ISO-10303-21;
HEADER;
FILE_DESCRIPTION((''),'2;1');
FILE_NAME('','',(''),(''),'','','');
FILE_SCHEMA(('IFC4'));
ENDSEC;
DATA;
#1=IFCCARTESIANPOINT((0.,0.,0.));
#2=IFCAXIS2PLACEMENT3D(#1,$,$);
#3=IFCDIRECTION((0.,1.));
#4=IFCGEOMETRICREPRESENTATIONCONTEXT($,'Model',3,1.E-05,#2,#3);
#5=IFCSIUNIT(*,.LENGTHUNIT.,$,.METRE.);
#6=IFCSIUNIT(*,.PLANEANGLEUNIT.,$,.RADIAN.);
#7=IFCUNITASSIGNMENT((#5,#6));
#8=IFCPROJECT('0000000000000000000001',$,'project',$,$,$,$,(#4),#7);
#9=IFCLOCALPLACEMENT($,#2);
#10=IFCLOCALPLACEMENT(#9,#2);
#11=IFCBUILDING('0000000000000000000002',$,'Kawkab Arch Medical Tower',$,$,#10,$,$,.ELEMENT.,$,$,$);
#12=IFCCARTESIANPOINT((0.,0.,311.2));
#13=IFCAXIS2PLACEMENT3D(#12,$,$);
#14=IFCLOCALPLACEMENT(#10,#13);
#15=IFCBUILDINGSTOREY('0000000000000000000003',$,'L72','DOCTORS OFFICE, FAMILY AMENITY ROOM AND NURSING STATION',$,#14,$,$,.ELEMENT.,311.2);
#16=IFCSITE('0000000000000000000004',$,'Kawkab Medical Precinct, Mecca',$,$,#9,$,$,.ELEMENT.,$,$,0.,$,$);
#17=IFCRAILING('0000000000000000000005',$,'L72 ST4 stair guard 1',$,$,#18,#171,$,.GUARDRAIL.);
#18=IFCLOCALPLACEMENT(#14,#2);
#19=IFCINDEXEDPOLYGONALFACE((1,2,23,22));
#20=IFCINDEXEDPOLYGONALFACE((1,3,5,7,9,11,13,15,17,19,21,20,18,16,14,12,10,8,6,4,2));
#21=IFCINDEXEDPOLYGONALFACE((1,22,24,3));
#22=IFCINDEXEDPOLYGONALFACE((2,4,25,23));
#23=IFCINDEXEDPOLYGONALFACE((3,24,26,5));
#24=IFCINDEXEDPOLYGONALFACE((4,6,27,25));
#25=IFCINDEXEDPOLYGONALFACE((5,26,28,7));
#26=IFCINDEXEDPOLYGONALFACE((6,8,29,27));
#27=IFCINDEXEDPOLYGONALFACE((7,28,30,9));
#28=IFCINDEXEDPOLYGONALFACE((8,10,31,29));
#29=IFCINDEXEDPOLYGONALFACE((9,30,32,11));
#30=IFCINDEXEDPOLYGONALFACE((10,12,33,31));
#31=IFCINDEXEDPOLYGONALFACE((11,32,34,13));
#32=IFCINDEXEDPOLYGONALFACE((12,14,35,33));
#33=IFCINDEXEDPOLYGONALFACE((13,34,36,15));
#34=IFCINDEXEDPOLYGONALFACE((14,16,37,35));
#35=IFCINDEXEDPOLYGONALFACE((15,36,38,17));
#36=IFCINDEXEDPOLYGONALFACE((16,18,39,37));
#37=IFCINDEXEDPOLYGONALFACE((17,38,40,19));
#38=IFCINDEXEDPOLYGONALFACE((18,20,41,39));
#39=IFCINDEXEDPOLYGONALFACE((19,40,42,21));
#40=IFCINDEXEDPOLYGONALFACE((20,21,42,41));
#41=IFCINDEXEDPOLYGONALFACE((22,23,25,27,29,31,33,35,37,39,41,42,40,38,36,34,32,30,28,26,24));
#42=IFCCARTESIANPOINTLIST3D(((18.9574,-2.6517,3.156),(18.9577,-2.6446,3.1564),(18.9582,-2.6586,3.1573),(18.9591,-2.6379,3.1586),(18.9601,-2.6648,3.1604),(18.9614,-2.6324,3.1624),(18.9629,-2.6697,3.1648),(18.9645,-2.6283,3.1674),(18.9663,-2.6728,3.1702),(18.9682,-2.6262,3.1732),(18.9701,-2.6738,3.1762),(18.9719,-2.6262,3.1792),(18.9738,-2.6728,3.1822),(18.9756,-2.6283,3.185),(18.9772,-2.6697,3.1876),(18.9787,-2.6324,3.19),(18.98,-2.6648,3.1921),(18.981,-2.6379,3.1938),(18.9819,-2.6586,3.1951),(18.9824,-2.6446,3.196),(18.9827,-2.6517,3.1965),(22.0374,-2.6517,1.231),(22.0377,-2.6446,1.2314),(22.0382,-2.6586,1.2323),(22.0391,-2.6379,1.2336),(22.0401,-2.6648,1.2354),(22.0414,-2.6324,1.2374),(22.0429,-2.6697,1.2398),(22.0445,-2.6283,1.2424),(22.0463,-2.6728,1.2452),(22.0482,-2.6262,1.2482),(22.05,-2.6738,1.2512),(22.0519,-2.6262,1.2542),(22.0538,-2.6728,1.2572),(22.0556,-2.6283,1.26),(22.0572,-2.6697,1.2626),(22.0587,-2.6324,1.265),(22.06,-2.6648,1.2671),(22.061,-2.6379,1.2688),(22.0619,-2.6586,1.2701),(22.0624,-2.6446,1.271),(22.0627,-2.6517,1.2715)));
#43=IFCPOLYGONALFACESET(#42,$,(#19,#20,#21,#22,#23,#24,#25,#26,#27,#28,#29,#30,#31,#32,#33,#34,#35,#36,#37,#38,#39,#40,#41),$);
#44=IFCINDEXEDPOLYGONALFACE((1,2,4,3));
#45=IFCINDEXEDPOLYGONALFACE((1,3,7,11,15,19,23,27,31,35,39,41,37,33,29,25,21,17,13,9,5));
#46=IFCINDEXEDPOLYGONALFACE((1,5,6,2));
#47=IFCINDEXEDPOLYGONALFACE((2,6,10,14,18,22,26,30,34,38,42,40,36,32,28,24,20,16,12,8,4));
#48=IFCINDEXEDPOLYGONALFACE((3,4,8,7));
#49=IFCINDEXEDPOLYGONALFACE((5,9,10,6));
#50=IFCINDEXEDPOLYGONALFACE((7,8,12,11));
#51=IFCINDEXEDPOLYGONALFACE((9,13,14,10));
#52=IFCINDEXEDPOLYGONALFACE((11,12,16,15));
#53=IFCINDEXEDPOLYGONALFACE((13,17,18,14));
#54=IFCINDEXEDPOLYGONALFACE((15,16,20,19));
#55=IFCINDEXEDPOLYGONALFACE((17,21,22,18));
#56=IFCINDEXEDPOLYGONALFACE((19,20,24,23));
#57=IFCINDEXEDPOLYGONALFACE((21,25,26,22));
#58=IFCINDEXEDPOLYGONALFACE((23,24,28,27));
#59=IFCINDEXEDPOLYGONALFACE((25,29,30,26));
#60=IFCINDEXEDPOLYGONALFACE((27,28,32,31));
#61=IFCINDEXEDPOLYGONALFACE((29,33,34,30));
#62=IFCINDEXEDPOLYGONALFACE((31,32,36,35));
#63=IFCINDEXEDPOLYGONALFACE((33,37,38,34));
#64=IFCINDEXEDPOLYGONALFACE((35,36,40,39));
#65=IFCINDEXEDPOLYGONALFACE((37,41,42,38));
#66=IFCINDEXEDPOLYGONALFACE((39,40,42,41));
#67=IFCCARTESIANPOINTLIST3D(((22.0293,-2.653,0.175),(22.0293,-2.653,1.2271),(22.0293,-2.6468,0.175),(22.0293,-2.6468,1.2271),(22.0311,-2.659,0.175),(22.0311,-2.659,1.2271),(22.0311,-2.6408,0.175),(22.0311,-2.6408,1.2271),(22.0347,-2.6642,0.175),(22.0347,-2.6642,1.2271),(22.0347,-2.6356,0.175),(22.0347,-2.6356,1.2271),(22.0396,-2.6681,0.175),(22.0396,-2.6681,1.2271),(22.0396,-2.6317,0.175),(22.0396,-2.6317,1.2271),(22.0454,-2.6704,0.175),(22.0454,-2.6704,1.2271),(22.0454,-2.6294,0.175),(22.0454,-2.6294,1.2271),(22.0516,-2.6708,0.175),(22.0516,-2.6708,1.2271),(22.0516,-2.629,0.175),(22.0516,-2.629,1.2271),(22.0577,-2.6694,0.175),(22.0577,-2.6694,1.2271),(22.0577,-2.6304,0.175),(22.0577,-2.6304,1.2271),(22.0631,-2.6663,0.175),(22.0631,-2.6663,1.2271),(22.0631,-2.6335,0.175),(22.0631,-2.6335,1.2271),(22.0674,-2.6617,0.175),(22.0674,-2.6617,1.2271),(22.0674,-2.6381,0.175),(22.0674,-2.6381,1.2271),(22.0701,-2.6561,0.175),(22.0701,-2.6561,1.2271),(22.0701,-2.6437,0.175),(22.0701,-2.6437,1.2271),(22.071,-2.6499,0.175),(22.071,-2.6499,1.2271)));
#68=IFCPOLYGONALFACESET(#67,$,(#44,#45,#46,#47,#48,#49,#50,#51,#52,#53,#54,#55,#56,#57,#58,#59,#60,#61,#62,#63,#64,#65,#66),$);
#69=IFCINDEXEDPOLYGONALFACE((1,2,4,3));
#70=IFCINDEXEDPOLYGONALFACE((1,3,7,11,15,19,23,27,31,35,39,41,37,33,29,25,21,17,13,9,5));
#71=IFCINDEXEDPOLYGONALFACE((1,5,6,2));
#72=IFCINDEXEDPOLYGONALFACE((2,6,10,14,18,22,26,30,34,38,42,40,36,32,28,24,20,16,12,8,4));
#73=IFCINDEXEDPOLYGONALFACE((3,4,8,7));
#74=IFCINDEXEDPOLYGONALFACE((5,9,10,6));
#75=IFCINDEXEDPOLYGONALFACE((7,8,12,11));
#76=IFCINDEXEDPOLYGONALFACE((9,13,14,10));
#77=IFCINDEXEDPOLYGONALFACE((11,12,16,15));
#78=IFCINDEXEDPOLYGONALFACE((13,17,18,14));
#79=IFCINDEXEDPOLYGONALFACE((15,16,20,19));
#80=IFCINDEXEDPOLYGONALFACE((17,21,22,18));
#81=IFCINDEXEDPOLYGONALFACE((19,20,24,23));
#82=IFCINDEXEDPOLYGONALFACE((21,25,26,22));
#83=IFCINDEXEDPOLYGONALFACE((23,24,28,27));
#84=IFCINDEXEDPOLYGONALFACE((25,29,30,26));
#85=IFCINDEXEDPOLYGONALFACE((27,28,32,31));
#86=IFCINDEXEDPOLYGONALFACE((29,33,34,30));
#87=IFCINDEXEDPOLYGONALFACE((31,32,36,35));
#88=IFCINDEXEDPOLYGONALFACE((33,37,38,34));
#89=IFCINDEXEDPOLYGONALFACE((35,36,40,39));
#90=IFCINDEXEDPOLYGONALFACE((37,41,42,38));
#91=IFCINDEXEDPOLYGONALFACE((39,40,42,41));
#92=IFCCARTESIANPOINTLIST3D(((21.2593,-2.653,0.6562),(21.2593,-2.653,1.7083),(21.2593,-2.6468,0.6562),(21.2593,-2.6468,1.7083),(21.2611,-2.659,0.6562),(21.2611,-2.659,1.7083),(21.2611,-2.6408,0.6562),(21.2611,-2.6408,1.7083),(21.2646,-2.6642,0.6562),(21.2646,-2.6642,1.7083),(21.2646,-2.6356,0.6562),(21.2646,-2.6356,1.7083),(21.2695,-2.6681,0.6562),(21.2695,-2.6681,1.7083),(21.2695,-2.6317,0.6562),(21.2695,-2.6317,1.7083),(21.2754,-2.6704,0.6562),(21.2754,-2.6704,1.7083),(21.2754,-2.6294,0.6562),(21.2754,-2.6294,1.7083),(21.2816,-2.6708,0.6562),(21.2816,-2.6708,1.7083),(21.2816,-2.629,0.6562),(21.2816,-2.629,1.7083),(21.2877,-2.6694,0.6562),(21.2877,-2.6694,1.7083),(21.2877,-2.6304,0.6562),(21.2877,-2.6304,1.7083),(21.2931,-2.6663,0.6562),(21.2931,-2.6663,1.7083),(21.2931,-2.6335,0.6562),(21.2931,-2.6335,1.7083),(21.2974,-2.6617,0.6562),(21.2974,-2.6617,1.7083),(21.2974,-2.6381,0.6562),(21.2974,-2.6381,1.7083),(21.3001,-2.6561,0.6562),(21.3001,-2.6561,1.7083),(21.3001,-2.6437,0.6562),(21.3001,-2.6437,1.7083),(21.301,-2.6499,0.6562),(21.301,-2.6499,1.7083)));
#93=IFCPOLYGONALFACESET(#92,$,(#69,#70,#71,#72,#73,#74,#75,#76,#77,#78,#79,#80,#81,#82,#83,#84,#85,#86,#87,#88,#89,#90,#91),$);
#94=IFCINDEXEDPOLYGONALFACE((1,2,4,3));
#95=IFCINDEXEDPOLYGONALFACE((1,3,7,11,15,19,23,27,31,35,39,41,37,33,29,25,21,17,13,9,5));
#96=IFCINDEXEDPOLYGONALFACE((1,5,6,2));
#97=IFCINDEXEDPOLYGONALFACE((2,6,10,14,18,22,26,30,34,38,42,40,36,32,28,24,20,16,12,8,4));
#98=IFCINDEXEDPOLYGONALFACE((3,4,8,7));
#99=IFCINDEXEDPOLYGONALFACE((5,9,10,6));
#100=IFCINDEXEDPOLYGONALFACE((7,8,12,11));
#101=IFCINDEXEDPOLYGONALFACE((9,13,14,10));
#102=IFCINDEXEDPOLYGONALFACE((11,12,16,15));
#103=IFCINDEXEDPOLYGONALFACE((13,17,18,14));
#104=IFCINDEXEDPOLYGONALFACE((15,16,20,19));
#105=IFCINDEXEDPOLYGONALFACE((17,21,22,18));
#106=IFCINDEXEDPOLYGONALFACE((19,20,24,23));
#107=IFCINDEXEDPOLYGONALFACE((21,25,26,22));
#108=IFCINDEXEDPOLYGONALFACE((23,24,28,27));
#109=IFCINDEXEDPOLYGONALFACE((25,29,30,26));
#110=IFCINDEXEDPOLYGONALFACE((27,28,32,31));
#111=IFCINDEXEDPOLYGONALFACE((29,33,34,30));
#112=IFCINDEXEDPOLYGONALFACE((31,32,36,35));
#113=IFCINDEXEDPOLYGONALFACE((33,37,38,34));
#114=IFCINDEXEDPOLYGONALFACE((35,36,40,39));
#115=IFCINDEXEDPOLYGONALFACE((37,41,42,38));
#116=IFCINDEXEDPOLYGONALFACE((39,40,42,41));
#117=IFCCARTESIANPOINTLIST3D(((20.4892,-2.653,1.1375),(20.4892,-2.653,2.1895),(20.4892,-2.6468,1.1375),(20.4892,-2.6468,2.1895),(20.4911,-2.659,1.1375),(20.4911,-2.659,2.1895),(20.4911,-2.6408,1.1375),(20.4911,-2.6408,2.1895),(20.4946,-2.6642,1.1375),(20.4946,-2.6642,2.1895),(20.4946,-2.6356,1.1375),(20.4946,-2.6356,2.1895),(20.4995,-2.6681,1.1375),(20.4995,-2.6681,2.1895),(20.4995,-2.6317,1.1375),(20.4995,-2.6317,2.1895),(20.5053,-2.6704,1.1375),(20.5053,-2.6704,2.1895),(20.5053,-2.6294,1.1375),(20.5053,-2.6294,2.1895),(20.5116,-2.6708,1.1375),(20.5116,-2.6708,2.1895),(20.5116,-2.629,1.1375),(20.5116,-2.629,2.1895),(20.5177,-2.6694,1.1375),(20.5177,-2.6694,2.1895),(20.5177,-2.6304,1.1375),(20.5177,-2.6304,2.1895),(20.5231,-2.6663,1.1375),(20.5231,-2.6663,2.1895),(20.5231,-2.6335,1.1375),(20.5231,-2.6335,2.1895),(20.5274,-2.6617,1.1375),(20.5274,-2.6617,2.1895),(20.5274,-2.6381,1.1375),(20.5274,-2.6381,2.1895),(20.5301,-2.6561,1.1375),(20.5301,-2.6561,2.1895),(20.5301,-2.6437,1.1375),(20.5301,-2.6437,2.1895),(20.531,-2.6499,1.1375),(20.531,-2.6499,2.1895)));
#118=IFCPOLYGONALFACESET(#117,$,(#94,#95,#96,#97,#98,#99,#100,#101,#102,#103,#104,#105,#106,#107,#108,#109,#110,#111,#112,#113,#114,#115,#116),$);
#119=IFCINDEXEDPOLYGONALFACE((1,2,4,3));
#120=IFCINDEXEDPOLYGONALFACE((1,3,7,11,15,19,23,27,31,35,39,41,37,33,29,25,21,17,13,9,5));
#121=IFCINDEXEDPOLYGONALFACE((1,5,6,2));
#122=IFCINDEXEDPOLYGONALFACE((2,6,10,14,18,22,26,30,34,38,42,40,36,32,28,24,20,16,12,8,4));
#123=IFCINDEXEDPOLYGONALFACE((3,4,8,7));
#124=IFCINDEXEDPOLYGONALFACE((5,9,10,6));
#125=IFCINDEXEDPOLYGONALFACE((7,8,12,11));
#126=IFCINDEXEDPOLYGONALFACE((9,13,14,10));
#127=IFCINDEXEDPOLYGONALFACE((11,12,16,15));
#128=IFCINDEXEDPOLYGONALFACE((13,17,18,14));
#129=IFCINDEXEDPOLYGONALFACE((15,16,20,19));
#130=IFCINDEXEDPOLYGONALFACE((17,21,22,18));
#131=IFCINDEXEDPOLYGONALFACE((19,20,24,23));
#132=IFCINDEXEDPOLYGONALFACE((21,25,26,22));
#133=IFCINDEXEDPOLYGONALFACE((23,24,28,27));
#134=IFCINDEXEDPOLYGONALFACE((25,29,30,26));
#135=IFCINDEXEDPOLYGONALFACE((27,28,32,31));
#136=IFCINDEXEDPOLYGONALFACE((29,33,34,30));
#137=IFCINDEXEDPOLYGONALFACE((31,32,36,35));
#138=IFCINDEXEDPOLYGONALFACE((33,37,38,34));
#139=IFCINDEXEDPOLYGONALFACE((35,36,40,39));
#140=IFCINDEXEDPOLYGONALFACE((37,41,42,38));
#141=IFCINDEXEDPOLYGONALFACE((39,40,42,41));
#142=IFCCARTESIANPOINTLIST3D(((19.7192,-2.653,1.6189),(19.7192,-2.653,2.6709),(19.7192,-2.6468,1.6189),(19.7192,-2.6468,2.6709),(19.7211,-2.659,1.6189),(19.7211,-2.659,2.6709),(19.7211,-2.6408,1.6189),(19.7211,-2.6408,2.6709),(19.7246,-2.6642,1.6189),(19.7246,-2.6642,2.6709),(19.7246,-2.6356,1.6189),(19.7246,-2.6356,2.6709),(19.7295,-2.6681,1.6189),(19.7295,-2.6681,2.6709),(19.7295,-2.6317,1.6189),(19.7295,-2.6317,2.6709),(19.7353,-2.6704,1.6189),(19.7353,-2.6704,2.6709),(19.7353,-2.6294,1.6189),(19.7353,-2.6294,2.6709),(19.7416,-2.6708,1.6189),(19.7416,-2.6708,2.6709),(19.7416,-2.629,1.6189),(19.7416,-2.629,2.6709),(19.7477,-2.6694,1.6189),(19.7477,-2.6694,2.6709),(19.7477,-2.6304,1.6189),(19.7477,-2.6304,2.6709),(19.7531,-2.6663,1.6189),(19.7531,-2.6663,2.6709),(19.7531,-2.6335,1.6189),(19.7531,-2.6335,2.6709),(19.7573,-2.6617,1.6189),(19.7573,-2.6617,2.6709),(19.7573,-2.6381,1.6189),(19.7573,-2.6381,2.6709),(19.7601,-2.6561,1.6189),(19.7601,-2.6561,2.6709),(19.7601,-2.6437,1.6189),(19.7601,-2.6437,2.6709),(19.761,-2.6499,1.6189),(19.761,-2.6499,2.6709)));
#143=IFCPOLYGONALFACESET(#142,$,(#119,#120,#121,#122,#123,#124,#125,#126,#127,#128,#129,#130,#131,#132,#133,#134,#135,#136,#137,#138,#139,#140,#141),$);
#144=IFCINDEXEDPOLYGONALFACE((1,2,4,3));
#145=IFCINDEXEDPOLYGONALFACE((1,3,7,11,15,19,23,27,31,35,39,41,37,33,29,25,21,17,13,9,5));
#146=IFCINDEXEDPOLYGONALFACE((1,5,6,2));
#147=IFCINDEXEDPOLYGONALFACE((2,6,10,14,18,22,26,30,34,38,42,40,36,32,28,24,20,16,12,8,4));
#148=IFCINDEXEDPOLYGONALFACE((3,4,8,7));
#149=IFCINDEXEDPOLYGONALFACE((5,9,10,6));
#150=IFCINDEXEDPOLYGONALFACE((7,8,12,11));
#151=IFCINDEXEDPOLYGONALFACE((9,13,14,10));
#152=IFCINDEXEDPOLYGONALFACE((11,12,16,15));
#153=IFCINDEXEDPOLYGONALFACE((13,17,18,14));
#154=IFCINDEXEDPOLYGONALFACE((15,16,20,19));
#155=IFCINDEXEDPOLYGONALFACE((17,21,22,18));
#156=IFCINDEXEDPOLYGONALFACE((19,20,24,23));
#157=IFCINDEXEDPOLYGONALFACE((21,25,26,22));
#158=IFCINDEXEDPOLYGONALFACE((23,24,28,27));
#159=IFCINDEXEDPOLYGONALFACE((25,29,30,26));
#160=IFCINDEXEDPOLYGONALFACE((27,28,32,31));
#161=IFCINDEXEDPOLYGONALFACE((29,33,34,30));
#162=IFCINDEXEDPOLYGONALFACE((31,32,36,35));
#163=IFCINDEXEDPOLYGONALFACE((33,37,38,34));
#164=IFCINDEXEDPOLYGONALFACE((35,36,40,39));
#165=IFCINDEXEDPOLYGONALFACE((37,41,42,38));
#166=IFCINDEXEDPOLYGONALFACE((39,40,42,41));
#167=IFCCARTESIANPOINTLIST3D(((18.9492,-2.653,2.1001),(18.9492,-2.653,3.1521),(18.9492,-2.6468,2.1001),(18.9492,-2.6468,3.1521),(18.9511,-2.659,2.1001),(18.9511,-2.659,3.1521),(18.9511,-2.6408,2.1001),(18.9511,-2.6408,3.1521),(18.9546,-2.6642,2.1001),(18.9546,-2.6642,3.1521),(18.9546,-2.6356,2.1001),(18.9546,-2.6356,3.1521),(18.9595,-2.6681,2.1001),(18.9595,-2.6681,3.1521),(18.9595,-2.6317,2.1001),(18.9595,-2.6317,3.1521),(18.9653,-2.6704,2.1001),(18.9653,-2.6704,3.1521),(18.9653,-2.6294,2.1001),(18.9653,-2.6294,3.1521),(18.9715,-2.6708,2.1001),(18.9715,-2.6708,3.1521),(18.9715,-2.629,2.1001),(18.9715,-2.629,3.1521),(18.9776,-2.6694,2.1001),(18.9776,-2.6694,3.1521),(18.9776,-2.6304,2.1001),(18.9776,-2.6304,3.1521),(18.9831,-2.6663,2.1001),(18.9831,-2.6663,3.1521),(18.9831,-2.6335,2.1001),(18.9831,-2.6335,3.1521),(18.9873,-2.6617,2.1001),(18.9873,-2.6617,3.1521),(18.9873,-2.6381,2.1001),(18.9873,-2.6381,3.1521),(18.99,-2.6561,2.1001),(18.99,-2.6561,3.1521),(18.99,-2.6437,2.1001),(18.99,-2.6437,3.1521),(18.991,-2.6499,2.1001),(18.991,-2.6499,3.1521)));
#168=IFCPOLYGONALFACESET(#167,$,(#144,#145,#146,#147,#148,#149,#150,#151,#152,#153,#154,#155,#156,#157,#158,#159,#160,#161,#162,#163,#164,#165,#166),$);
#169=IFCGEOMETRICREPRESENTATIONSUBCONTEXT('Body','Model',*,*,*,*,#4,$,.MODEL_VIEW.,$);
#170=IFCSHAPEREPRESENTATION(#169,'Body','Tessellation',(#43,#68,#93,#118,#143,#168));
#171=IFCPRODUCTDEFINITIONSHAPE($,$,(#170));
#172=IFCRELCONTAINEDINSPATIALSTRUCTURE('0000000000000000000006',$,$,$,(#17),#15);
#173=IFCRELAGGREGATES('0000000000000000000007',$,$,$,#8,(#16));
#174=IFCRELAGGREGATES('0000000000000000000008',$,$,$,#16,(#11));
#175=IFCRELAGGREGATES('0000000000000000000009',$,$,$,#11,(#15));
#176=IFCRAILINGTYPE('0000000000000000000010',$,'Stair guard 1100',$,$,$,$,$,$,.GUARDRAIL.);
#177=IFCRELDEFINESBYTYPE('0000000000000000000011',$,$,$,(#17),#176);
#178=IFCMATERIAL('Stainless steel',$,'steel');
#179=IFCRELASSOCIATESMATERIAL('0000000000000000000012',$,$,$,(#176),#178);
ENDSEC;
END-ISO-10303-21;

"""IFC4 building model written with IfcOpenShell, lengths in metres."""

from ifc_helpers import new_model, si_unit, direction, frame, origin, origin_2d, place, context, subcontext, project, spatial, circle, extrude, material, type_object, element, save


model = new_model("IFC4")

# Units and contexts
model_context = context("Model", 3, precision=1e-05, world=origin(), true_north=direction((0.0, 1.0)))
body_context = subcontext(model_context, "Body", "Model", "MODEL_VIEW")
ifc_project = project(units=[si_unit("LENGTHUNIT", "METRE"), si_unit("PLANEANGLEUNIT", "RADIAN")], contexts=[model_context])

# Site, building, storey
site_placement = place(None, origin())
site = spatial("IfcSite", under=ifc_project, at=site_placement, Name="Kawkab Medical Precinct, Mecca", CompositionType="ELEMENT", RefElevation=0.0)
building_placement = place(site_placement, origin())
building = spatial("IfcBuilding", under=site, at=building_placement, Name="Kawkab Arch Medical Tower", CompositionType="ELEMENT")
storey_placement = place(building_placement, frame((0.0, 0.0, 311.2)))
storey = spatial("IfcBuildingStorey", under=building, at=storey_placement, Name="L72", Description="DOCTORS OFFICE, FAMILY AMENITY ROOM AND NURSING STATION", CompositionType="ELEMENT", Elevation=311.2)

# Railing
ifc_material_1 = material(Name="Stainless steel", Category="steel")
railing_type_1 = type_object("IfcRailingType", Name="Stair guard 1100", PredefinedType="GUARDRAIL", material=ifc_material_1)
railing_1_placement = place(storey_placement, frame((22.05, -2.6499, 0.175)))
element("IfcRailing", 1, at=railing_1_placement, inside=storey, type_object=railing_type_1, Name="L72 ST4 stair guard 1", PredefinedType="GUARDRAIL", context=body_context, shape_type="SweptSolid", body=[
    extrude(circle(Radius=0.0239, at=origin_2d()), frame((0.0, 0.0, 1.0762), z_axis=(-0.847998, 0.0, 0.529999), x_axis=(0.0, -1.0, 0.0)), (0.0, 0.0, 1.0), 3.6321),
    extrude(circle(Radius=0.021, at=origin_2d()), origin(), (0.0, 0.0, 1.0), 1.052),
    extrude(circle(Radius=0.021, at=origin_2d()), frame((-0.77, 0.0, 0.4812)), (0.0, 0.0, 1.0), 1.052),
    extrude(circle(Radius=0.021, at=origin_2d()), frame((-1.54, 0.0, 0.9624)), (0.0, 0.0, 1.0), 1.052),
    extrude(circle(Radius=0.021, at=origin_2d()), frame((-2.3101, 0.0, 1.4438)), (0.0, 0.0, 1.0), 1.052),
    extrude(circle(Radius=0.021, at=origin_2d()), frame((-3.0801, 0.0, 1.925)), (0.0, 0.0, 1.0), 1.052),
])

save(model, "model.ifc")
